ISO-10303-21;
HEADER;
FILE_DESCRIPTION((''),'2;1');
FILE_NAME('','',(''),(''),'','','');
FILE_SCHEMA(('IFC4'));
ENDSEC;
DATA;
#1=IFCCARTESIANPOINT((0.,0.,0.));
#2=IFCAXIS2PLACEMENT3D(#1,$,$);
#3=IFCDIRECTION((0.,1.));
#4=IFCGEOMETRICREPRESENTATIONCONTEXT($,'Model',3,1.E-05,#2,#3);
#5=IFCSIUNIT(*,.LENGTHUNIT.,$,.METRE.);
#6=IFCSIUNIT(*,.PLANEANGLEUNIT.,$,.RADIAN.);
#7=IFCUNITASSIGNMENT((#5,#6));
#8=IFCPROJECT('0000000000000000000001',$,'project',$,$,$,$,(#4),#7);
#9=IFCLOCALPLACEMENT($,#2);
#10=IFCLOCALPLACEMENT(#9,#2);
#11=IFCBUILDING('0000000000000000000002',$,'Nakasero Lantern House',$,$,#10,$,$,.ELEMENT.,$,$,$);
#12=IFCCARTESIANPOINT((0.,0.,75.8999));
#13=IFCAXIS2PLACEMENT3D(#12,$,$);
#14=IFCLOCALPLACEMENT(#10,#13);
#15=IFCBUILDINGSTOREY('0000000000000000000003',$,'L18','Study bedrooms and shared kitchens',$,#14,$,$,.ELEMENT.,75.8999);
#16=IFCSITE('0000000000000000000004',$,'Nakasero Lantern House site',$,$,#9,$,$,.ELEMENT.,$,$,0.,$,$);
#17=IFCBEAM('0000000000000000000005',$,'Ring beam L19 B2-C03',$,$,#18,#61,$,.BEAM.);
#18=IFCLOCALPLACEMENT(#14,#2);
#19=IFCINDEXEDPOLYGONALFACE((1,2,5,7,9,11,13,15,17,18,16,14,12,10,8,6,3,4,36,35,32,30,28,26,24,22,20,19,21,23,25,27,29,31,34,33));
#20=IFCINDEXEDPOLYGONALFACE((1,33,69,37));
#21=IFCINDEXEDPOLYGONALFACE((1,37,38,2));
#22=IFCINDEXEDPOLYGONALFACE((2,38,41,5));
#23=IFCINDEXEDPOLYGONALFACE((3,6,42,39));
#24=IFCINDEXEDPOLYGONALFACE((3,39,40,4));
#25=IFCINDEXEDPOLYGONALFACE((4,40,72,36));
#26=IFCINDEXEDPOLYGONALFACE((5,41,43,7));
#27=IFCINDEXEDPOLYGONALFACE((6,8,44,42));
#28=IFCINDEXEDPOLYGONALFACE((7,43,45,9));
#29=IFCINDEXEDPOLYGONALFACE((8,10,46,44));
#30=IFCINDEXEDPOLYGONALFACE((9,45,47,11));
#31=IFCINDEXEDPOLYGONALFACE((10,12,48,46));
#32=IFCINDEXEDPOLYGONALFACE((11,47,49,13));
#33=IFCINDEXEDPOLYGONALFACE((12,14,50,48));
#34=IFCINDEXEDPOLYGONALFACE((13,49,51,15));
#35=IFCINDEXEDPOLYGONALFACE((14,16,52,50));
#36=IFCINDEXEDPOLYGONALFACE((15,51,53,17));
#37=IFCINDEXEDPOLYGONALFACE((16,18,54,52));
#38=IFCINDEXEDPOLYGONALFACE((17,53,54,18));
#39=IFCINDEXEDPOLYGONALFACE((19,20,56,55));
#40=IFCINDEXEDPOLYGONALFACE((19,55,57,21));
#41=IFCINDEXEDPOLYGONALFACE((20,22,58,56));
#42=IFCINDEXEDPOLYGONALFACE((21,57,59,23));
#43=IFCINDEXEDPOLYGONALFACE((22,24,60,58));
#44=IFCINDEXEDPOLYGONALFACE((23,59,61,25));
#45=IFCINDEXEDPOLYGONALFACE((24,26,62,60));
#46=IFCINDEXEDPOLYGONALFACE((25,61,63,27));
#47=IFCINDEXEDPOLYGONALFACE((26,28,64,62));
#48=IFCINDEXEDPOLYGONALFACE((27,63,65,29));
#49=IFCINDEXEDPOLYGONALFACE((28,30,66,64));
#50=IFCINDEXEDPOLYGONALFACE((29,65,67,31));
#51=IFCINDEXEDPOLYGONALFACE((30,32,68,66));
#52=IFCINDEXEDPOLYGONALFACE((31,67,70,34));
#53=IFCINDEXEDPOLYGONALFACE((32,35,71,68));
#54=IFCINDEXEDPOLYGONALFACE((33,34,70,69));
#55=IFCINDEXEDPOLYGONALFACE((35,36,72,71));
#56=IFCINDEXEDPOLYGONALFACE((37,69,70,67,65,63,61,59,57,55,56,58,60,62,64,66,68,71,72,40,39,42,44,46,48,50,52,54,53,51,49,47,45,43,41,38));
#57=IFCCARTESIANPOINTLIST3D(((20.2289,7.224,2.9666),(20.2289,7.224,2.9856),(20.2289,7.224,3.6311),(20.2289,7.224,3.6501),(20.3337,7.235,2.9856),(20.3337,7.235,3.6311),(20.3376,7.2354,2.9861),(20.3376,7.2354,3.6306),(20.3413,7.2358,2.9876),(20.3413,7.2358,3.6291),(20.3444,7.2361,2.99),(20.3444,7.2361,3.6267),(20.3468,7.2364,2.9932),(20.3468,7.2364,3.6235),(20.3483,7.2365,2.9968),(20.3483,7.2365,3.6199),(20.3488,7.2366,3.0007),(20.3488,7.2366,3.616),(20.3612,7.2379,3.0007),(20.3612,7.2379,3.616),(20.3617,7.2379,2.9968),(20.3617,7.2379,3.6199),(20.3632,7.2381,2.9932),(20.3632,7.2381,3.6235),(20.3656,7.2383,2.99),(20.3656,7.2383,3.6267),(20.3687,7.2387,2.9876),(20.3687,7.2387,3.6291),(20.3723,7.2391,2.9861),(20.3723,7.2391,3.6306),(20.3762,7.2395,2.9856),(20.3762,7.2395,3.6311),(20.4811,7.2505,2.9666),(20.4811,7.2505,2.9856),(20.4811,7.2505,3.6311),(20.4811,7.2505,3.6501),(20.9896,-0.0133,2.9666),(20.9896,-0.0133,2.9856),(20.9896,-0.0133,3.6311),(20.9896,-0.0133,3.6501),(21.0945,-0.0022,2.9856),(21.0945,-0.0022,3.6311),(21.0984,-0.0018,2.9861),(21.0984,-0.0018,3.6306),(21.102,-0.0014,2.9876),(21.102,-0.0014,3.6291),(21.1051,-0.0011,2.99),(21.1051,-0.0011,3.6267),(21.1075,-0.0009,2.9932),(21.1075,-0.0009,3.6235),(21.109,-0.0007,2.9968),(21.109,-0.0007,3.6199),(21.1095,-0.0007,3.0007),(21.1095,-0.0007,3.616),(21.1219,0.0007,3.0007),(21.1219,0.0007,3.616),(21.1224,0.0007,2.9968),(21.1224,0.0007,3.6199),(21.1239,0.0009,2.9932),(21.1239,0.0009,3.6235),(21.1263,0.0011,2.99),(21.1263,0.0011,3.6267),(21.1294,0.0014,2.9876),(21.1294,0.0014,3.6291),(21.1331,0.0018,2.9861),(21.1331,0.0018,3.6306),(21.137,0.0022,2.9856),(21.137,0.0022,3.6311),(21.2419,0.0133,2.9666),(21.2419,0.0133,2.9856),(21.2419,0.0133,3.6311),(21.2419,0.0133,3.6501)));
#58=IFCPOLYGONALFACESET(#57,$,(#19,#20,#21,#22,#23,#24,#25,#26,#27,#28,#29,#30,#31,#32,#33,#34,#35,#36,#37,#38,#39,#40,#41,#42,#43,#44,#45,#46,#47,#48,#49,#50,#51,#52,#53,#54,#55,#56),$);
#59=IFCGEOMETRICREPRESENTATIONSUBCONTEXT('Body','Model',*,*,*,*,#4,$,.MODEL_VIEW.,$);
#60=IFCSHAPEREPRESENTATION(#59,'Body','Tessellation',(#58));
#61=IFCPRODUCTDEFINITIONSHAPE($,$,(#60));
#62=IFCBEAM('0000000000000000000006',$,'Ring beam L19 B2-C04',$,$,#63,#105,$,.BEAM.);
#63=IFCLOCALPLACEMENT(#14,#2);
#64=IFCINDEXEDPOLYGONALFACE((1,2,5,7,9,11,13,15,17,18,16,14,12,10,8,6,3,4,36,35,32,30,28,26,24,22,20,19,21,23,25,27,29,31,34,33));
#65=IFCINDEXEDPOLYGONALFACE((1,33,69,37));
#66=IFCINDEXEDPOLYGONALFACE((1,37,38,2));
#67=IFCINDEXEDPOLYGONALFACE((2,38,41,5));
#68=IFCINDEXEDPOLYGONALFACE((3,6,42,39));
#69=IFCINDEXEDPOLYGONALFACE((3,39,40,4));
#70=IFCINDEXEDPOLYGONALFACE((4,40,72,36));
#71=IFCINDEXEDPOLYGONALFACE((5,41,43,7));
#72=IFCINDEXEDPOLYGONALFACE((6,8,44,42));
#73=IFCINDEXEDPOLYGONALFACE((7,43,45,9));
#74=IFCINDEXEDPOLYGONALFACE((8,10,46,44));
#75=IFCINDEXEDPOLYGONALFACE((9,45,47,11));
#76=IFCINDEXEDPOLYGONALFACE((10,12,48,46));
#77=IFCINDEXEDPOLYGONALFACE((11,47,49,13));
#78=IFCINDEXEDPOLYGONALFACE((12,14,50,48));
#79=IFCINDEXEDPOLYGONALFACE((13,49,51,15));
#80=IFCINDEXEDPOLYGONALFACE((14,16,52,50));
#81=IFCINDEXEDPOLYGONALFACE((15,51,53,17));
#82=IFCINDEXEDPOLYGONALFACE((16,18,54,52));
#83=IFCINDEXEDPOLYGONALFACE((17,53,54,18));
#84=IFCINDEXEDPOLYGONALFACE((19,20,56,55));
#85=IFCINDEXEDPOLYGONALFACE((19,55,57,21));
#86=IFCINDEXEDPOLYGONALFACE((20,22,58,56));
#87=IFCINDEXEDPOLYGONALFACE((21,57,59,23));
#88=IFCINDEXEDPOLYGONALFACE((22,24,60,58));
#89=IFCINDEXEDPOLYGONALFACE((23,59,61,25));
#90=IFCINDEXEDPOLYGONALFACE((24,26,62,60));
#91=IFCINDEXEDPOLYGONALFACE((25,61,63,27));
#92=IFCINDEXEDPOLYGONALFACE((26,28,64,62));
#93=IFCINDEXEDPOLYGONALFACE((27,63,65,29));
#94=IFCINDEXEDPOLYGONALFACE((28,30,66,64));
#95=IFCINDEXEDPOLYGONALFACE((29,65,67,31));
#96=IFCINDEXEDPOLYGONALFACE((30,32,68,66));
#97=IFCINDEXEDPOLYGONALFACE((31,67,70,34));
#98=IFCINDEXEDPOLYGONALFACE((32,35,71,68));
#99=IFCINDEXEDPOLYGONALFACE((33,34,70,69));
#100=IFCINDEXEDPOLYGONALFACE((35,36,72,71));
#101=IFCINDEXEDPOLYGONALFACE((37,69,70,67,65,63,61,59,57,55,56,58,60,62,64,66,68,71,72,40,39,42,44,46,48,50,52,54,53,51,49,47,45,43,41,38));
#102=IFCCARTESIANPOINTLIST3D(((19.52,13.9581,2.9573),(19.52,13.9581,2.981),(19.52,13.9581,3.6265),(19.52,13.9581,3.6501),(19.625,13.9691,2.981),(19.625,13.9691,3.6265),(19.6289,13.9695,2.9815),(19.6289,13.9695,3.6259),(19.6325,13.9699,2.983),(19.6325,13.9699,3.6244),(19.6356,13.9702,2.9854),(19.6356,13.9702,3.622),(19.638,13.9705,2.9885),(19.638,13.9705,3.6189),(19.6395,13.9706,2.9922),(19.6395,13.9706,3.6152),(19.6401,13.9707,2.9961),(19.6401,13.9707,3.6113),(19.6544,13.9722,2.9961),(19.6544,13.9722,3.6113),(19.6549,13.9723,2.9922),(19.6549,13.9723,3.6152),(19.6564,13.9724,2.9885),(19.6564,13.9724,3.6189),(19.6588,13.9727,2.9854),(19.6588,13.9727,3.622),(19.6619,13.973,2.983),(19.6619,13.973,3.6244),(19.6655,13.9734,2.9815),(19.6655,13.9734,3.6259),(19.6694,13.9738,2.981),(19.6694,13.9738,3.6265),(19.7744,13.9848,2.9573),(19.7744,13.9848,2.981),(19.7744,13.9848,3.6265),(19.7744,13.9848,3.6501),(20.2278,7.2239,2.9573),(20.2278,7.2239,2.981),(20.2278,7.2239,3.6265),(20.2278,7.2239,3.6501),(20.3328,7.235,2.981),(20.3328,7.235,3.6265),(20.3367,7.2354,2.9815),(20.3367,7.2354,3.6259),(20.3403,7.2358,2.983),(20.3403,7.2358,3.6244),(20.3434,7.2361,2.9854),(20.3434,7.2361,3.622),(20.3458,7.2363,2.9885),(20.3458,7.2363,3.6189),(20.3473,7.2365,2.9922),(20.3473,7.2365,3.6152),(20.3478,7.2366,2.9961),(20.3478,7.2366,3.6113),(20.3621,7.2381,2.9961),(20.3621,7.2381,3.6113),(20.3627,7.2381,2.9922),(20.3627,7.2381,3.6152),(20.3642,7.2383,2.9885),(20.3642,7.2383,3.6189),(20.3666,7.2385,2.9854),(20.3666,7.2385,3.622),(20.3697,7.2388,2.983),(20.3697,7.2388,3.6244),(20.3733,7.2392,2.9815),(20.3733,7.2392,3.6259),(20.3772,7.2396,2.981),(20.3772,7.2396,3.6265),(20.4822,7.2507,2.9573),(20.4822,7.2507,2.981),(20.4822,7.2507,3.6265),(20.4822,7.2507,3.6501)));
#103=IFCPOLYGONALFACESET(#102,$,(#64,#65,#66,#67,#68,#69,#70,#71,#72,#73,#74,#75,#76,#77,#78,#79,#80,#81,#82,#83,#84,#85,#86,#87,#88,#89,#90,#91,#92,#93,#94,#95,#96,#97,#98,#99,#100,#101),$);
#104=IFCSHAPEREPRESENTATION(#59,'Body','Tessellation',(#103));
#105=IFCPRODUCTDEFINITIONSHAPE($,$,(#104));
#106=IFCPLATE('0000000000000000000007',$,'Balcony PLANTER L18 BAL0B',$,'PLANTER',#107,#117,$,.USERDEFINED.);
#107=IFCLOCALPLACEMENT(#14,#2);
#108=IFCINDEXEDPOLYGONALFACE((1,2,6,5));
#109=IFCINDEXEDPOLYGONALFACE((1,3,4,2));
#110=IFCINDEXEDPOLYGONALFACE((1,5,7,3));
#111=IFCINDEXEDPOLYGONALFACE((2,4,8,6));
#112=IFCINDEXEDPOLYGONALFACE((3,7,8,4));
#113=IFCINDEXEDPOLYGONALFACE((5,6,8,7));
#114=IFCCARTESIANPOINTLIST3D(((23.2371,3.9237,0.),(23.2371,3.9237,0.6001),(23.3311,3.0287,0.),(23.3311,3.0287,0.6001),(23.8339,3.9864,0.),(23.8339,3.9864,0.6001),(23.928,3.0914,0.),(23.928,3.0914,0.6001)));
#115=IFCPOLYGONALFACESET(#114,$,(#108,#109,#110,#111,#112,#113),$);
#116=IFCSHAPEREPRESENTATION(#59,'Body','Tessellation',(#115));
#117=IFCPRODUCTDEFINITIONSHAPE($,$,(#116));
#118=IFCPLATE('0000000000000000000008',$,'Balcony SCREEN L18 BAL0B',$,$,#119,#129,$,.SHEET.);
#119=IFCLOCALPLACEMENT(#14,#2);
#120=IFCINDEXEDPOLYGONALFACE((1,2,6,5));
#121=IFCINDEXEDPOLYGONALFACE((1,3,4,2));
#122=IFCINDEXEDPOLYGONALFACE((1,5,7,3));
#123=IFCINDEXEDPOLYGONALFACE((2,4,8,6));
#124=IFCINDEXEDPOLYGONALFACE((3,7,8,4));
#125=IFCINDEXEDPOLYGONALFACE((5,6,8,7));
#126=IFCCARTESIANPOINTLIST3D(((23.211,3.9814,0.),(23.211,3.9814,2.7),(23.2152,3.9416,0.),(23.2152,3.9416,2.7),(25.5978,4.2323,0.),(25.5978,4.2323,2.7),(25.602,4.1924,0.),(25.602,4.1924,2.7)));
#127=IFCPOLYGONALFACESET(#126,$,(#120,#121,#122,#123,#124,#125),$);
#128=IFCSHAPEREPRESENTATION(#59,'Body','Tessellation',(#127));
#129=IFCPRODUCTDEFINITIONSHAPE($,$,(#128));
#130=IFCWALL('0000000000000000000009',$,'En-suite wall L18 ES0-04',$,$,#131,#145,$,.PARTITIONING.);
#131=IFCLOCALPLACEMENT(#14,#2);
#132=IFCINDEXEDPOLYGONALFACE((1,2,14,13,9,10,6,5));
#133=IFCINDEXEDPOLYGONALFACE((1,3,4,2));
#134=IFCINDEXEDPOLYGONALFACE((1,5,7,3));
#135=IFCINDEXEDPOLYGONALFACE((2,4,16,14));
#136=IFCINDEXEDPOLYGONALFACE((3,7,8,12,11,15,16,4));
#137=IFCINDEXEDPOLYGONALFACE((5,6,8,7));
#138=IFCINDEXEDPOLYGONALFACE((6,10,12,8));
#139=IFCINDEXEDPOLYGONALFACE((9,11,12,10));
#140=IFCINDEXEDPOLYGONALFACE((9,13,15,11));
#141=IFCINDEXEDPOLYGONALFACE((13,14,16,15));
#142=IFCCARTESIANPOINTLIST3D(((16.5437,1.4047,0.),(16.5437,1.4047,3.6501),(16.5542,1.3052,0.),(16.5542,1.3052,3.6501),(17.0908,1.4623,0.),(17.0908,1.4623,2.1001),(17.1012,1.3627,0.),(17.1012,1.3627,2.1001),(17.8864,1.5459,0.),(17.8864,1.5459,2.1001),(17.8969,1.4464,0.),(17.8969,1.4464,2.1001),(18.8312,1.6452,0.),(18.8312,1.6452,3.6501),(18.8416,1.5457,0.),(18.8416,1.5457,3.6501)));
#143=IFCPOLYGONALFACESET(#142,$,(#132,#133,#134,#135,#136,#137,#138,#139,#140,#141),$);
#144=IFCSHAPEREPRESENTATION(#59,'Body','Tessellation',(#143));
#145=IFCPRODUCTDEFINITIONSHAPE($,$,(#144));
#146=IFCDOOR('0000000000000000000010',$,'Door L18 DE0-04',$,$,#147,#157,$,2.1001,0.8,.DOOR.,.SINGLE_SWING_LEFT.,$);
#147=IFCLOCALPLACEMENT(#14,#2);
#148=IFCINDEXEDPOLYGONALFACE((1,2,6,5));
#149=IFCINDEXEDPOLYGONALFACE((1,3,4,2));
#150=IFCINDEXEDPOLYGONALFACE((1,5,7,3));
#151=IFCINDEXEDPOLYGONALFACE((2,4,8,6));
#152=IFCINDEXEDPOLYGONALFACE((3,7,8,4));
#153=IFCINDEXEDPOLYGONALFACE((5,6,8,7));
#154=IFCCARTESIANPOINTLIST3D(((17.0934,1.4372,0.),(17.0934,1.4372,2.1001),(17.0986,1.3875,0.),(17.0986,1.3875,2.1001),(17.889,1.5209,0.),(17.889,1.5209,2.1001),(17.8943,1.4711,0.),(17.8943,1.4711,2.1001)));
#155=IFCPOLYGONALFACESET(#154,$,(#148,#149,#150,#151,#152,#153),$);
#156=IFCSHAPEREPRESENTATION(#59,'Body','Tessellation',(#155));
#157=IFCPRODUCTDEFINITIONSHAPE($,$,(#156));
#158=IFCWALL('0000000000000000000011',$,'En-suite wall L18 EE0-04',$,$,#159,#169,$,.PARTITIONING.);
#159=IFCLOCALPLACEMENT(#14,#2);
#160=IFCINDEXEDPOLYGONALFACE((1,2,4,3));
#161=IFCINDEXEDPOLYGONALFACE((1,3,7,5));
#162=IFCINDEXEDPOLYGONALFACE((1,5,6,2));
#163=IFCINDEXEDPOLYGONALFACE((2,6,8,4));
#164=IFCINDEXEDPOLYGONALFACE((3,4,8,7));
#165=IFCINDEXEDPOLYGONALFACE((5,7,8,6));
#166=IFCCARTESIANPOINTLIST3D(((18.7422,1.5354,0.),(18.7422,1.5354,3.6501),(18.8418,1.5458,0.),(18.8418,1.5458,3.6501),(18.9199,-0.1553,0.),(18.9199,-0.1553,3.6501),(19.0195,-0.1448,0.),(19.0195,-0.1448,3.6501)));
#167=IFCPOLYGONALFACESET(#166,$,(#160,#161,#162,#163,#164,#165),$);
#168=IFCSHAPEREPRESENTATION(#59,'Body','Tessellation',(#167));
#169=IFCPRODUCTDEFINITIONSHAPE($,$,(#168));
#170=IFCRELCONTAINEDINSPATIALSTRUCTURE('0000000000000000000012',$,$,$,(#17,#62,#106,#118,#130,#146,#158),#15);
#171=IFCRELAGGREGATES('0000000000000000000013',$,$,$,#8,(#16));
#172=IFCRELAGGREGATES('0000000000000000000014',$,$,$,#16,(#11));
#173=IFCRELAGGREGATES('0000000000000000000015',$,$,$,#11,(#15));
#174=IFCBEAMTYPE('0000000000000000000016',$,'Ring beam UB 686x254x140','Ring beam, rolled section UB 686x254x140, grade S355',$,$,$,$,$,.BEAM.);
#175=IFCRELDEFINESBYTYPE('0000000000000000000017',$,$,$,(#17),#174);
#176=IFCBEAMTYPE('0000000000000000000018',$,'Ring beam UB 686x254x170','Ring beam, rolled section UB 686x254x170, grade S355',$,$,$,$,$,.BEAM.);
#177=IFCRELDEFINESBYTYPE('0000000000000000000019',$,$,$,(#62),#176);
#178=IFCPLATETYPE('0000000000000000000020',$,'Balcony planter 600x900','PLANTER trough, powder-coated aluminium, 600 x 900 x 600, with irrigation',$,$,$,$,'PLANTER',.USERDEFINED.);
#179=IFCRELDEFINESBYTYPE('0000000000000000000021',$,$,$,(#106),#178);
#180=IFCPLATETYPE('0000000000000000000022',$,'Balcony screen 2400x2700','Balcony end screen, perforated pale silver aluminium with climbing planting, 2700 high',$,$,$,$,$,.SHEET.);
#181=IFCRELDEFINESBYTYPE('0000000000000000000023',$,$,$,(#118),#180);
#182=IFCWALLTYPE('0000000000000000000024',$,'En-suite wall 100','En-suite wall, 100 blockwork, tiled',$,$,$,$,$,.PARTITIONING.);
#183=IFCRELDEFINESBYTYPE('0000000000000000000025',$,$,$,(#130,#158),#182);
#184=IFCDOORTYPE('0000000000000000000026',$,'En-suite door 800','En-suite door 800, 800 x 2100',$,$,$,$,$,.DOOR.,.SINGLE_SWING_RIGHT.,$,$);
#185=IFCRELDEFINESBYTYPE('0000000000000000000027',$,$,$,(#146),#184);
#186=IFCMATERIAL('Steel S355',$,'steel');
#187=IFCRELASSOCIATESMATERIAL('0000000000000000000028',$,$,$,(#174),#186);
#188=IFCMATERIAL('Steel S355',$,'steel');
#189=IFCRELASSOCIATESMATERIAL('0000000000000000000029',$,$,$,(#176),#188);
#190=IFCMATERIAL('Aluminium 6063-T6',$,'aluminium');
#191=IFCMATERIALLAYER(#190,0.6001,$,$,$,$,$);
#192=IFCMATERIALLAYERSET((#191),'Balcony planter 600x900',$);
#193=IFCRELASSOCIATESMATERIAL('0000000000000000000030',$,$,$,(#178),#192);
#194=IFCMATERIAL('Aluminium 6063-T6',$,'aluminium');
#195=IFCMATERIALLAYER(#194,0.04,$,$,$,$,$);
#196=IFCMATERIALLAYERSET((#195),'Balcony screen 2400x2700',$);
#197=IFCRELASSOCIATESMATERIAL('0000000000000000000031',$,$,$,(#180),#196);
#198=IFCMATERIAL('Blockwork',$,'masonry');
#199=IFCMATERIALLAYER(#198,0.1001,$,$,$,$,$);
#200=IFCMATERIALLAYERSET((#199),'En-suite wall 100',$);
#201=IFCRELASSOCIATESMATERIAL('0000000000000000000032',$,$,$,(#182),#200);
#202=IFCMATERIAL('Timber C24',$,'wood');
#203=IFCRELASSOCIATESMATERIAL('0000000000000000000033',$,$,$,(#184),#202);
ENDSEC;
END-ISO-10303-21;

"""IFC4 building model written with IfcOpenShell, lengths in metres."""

from ifc_helpers import new_model, si_unit, direction, frame, frame_2d, origin, origin_2d, place, context, subcontext, project, spatial, rectangle, i_section, extrude, material, layer, layer_set, material_profile, profile_set, type_object, element, fill, save


model = new_model("IFC4")

# Units and contexts
model_context = context("Model", 3, precision=1e-05, world=origin(), true_north=direction((0.0, 1.0)))
body_context = subcontext(model_context, "Body", "Model", "MODEL_VIEW")
ifc_project = project(units=[si_unit("LENGTHUNIT", "METRE"), si_unit("PLANEANGLEUNIT", "RADIAN")], contexts=[model_context])

# Site, building, storey
site_placement = place(None, origin())
site = spatial("IfcSite", under=ifc_project, at=site_placement, Name="Nakasero Lantern House site", CompositionType="ELEMENT", RefElevation=0.0)
building_placement = place(site_placement, origin())
building = spatial("IfcBuilding", under=site, at=building_placement, Name="Nakasero Lantern House", CompositionType="ELEMENT")
storey_placement = place(building_placement, frame((0.0, 0.0, 75.8999)))
storey = spatial("IfcBuildingStorey", under=building, at=storey_placement, Name="L18", Description="Study bedrooms and shared kitchens", CompositionType="ELEMENT", Elevation=75.8999)

# Beams
ifc_material_1 = material(Name="Steel S355", Category="steel")
ifc_material_profile_1 = material_profile(ifc_material_1, i_section(OverallWidth=0.2537, OverallDepth=0.6836, WebThickness=0.0125, FlangeThickness=0.019, FilletRadius=0.0151, at=origin_2d()), Name="UB 686x254x140")
ifc_profile_set_1 = profile_set([ifc_material_profile_1], Name="Steel S355")
beam_type_1 = type_object("IfcBeamType", Name="Ring beam UB 686x254x140", Description="Ring beam, rolled section UB 686x254x140, grade S355", PredefinedType="BEAM", material=ifc_profile_set_1)
beam_1_placement = place(storey_placement, frame((21.1157, 0.0, 3.3083), z_axis=(-0.104538, 0.994521, 0.0), x_axis=(-0.994521, -0.104538, 0.0)))
element("IfcBeam", 1, at=beam_1_placement, inside=storey, type_object=beam_type_1, Name="Ring beam L19 B2-C03", PredefinedType="BEAM", context=body_context, shape_type="SweptSolid", body=[
    extrude(i_section(OverallWidth=0.2537, OverallDepth=0.6836, WebThickness=0.0125, FlangeThickness=0.019, FilletRadius=0.0151, at=origin_2d()), origin(), (0.0, 0.0, 1.0), 7.2771),
])
ifc_material_2 = material(Name="Steel S355", Category="steel")
ifc_material_profile_2 = material_profile(ifc_material_2, i_section(OverallWidth=0.2559, OverallDepth=0.6929, WebThickness=0.0144, FlangeThickness=0.0237, FilletRadius=0.0151, at=origin_2d()), Name="UB 686x254x170")
ifc_profile_set_2 = profile_set([ifc_material_profile_2], Name="Steel S355")
beam_type_2 = type_object("IfcBeamType", Name="Ring beam UB 686x254x170", Description="Ring beam, rolled section UB 686x254x170, grade S355", PredefinedType="BEAM", material=ifc_profile_set_2)
beam_2_placement = place(storey_placement, frame((20.355, 7.2373, 3.3037), z_axis=(-0.104525, 0.994522, 0.0), x_axis=(-0.994522, -0.104525, 0.0)))
element("IfcBeam", 2, at=beam_2_placement, inside=storey, type_object=beam_type_2, Name="Ring beam L19 B2-C04", PredefinedType="BEAM", context=body_context, shape_type="SweptSolid", body=[
    extrude(i_section(OverallWidth=0.2559, OverallDepth=0.6929, WebThickness=0.0144, FlangeThickness=0.0237, FilletRadius=0.0151, at=origin_2d()), origin(), (0.0, 0.0, 1.0), 6.7712),
])

# Plates
ifc_material_3 = material(Name="Aluminium 6063-T6", Category="aluminium")
ifc_layer_1 = layer(ifc_material_3, 0.6001)
ifc_layer_set_1 = layer_set([ifc_layer_1], Name="Balcony planter 600x900")
plate_type_1 = type_object("IfcPlateType", Name="Balcony planter 600x900", Description="PLANTER trough, powder-coated aluminium, 600 x 900 x 600, with irrigation", ElementType="PLANTER", PredefinedType="USERDEFINED", material=ifc_layer_set_1)
plate_1_placement = place(storey_placement, frame((23.5825, 3.5076, 0.0), z_axis=(0.0, 0.0, 1.0), x_axis=(0.994522, 0.104528, 0.0)))
element("IfcPlate", 3, at=plate_1_placement, inside=storey, type_object=plate_type_1, Name="Balcony PLANTER L18 BAL0B", ObjectType="PLANTER", PredefinedType="USERDEFINED", context=body_context, shape_type="SweptSolid", body=[
    extrude(rectangle(XDim=0.6001, YDim=0.8999, at=origin_2d()), origin(), (0.0, 0.0, 1.0), 0.6001),
])
ifc_material_4 = material(Name="Aluminium 6063-T6", Category="aluminium")
ifc_layer_2 = layer(ifc_material_4, 0.04)
ifc_layer_set_2 = layer_set([ifc_layer_2], Name="Balcony screen 2400x2700")
plate_type_2 = type_object("IfcPlateType", Name="Balcony screen 2400x2700", Description="Balcony end screen, perforated pale silver aluminium with climbing planting, 2700 high", PredefinedType="SHEET", material=ifc_layer_set_2)
plate_2_placement = place(storey_placement, frame((24.4065, 4.0869, 0.0), z_axis=(0.0, 0.0, 1.0), x_axis=(0.994522, 0.104528, 0.0)))
element("IfcPlate", 4, at=plate_2_placement, inside=storey, type_object=plate_type_2, Name="Balcony SCREEN L18 BAL0B", PredefinedType="SHEET", context=body_context, shape_type="SweptSolid", body=[
    extrude(rectangle(XDim=2.3999, YDim=0.04, at=origin_2d()), origin(), (0.0, 0.0, 1.0), 2.7),
])

# Wall, opening, door
ifc_material_5 = material(Name="Blockwork", Category="masonry")
ifc_layer_3 = layer(ifc_material_5, 0.1001)
ifc_layer_set_3 = layer_set([ifc_layer_3], Name="En-suite wall 100")
wall_type_1 = type_object("IfcWallType", Name="En-suite wall 100", Description="En-suite wall, 100 blockwork, tiled", PredefinedType="PARTITIONING", material=ifc_layer_set_3)
wall_1_placement = place(storey_placement, frame((16.5491, 1.355, 0.0), z_axis=(0.0, 0.0, 1.0), x_axis=(0.994519, 0.104558, 0.0)))
wall_1 = element("IfcWall", 5, at=wall_1_placement, inside=storey, type_object=wall_type_1, Name="En-suite wall L18 ES0-04", PredefinedType="PARTITIONING", context=body_context, shape_type="SweptSolid", body=[
    extrude(rectangle(XDim=2.3, YDim=0.1001, at=frame_2d((1.1499, 0.0))), origin(), (0.0, 0.0, 1.0), 3.6501),
])
opening_1_placement = place(wall_1_placement, frame((0.55, 0.0, 0.0)))
opening_1 = element("IfcOpeningElement", 6, at=opening_1_placement, cuts=wall_1, PredefinedType="OPENING", context=body_context, shape_type="SweptSolid", body=[
    extrude(rectangle(XDim=0.8, YDim=2.1001, at=frame_2d((0.3999, 1.05))), frame((0.0, 0.0701, 0.0), z_axis=(0.0, -1.0, 0.0), x_axis=(1.0, 0.0, 0.0)), (0.0, 0.0, 1.0), 0.1401),
])
ifc_material_6 = material(Name="Timber C24", Category="wood")
door_type_1 = type_object("IfcDoorType", Name="En-suite door 800", Description="En-suite door 800, 800 x 2100", OperationType="SINGLE_SWING_RIGHT", PredefinedType="DOOR", material=ifc_material_6)
door_1_placement = place(opening_1_placement, origin())
door_1 = element("IfcDoor", 7, at=door_1_placement, inside=storey, type_object=door_type_1, Name="Door L18 DE0-04", OperationType="SINGLE_SWING_LEFT", OverallHeight=2.1001, OverallWidth=0.8, PredefinedType="DOOR", context=body_context, shape_type="SweptSolid", body=[
    extrude(rectangle(XDim=0.8, YDim=2.1001, at=frame_2d((0.3999, 1.05))), frame((0.0, 0.0249, 0.0), z_axis=(0.0, -1.0, 0.0), x_axis=(1.0, 0.0, 0.0)), (0.0, 0.0, 1.0), 0.05),
])
fill(opening_1, door_1)

# Wall
wall_2_placement = place(storey_placement, frame((18.9697, -0.1501, 0.0), z_axis=(0.0, 0.0, 1.0), x_axis=(-0.10455, 0.99452, 0.0)))
element("IfcWall", 8, at=wall_2_placement, inside=storey, type_object=wall_type_1, Name="En-suite wall L18 EE0-04", PredefinedType="PARTITIONING", context=body_context, shape_type="SweptSolid", body=[
    extrude(rectangle(XDim=1.7, YDim=0.1001, at=frame_2d((0.8501, 0.0))), origin(), (0.0, 0.0, 1.0), 3.6501),
])

save(model, "model.ifc")
